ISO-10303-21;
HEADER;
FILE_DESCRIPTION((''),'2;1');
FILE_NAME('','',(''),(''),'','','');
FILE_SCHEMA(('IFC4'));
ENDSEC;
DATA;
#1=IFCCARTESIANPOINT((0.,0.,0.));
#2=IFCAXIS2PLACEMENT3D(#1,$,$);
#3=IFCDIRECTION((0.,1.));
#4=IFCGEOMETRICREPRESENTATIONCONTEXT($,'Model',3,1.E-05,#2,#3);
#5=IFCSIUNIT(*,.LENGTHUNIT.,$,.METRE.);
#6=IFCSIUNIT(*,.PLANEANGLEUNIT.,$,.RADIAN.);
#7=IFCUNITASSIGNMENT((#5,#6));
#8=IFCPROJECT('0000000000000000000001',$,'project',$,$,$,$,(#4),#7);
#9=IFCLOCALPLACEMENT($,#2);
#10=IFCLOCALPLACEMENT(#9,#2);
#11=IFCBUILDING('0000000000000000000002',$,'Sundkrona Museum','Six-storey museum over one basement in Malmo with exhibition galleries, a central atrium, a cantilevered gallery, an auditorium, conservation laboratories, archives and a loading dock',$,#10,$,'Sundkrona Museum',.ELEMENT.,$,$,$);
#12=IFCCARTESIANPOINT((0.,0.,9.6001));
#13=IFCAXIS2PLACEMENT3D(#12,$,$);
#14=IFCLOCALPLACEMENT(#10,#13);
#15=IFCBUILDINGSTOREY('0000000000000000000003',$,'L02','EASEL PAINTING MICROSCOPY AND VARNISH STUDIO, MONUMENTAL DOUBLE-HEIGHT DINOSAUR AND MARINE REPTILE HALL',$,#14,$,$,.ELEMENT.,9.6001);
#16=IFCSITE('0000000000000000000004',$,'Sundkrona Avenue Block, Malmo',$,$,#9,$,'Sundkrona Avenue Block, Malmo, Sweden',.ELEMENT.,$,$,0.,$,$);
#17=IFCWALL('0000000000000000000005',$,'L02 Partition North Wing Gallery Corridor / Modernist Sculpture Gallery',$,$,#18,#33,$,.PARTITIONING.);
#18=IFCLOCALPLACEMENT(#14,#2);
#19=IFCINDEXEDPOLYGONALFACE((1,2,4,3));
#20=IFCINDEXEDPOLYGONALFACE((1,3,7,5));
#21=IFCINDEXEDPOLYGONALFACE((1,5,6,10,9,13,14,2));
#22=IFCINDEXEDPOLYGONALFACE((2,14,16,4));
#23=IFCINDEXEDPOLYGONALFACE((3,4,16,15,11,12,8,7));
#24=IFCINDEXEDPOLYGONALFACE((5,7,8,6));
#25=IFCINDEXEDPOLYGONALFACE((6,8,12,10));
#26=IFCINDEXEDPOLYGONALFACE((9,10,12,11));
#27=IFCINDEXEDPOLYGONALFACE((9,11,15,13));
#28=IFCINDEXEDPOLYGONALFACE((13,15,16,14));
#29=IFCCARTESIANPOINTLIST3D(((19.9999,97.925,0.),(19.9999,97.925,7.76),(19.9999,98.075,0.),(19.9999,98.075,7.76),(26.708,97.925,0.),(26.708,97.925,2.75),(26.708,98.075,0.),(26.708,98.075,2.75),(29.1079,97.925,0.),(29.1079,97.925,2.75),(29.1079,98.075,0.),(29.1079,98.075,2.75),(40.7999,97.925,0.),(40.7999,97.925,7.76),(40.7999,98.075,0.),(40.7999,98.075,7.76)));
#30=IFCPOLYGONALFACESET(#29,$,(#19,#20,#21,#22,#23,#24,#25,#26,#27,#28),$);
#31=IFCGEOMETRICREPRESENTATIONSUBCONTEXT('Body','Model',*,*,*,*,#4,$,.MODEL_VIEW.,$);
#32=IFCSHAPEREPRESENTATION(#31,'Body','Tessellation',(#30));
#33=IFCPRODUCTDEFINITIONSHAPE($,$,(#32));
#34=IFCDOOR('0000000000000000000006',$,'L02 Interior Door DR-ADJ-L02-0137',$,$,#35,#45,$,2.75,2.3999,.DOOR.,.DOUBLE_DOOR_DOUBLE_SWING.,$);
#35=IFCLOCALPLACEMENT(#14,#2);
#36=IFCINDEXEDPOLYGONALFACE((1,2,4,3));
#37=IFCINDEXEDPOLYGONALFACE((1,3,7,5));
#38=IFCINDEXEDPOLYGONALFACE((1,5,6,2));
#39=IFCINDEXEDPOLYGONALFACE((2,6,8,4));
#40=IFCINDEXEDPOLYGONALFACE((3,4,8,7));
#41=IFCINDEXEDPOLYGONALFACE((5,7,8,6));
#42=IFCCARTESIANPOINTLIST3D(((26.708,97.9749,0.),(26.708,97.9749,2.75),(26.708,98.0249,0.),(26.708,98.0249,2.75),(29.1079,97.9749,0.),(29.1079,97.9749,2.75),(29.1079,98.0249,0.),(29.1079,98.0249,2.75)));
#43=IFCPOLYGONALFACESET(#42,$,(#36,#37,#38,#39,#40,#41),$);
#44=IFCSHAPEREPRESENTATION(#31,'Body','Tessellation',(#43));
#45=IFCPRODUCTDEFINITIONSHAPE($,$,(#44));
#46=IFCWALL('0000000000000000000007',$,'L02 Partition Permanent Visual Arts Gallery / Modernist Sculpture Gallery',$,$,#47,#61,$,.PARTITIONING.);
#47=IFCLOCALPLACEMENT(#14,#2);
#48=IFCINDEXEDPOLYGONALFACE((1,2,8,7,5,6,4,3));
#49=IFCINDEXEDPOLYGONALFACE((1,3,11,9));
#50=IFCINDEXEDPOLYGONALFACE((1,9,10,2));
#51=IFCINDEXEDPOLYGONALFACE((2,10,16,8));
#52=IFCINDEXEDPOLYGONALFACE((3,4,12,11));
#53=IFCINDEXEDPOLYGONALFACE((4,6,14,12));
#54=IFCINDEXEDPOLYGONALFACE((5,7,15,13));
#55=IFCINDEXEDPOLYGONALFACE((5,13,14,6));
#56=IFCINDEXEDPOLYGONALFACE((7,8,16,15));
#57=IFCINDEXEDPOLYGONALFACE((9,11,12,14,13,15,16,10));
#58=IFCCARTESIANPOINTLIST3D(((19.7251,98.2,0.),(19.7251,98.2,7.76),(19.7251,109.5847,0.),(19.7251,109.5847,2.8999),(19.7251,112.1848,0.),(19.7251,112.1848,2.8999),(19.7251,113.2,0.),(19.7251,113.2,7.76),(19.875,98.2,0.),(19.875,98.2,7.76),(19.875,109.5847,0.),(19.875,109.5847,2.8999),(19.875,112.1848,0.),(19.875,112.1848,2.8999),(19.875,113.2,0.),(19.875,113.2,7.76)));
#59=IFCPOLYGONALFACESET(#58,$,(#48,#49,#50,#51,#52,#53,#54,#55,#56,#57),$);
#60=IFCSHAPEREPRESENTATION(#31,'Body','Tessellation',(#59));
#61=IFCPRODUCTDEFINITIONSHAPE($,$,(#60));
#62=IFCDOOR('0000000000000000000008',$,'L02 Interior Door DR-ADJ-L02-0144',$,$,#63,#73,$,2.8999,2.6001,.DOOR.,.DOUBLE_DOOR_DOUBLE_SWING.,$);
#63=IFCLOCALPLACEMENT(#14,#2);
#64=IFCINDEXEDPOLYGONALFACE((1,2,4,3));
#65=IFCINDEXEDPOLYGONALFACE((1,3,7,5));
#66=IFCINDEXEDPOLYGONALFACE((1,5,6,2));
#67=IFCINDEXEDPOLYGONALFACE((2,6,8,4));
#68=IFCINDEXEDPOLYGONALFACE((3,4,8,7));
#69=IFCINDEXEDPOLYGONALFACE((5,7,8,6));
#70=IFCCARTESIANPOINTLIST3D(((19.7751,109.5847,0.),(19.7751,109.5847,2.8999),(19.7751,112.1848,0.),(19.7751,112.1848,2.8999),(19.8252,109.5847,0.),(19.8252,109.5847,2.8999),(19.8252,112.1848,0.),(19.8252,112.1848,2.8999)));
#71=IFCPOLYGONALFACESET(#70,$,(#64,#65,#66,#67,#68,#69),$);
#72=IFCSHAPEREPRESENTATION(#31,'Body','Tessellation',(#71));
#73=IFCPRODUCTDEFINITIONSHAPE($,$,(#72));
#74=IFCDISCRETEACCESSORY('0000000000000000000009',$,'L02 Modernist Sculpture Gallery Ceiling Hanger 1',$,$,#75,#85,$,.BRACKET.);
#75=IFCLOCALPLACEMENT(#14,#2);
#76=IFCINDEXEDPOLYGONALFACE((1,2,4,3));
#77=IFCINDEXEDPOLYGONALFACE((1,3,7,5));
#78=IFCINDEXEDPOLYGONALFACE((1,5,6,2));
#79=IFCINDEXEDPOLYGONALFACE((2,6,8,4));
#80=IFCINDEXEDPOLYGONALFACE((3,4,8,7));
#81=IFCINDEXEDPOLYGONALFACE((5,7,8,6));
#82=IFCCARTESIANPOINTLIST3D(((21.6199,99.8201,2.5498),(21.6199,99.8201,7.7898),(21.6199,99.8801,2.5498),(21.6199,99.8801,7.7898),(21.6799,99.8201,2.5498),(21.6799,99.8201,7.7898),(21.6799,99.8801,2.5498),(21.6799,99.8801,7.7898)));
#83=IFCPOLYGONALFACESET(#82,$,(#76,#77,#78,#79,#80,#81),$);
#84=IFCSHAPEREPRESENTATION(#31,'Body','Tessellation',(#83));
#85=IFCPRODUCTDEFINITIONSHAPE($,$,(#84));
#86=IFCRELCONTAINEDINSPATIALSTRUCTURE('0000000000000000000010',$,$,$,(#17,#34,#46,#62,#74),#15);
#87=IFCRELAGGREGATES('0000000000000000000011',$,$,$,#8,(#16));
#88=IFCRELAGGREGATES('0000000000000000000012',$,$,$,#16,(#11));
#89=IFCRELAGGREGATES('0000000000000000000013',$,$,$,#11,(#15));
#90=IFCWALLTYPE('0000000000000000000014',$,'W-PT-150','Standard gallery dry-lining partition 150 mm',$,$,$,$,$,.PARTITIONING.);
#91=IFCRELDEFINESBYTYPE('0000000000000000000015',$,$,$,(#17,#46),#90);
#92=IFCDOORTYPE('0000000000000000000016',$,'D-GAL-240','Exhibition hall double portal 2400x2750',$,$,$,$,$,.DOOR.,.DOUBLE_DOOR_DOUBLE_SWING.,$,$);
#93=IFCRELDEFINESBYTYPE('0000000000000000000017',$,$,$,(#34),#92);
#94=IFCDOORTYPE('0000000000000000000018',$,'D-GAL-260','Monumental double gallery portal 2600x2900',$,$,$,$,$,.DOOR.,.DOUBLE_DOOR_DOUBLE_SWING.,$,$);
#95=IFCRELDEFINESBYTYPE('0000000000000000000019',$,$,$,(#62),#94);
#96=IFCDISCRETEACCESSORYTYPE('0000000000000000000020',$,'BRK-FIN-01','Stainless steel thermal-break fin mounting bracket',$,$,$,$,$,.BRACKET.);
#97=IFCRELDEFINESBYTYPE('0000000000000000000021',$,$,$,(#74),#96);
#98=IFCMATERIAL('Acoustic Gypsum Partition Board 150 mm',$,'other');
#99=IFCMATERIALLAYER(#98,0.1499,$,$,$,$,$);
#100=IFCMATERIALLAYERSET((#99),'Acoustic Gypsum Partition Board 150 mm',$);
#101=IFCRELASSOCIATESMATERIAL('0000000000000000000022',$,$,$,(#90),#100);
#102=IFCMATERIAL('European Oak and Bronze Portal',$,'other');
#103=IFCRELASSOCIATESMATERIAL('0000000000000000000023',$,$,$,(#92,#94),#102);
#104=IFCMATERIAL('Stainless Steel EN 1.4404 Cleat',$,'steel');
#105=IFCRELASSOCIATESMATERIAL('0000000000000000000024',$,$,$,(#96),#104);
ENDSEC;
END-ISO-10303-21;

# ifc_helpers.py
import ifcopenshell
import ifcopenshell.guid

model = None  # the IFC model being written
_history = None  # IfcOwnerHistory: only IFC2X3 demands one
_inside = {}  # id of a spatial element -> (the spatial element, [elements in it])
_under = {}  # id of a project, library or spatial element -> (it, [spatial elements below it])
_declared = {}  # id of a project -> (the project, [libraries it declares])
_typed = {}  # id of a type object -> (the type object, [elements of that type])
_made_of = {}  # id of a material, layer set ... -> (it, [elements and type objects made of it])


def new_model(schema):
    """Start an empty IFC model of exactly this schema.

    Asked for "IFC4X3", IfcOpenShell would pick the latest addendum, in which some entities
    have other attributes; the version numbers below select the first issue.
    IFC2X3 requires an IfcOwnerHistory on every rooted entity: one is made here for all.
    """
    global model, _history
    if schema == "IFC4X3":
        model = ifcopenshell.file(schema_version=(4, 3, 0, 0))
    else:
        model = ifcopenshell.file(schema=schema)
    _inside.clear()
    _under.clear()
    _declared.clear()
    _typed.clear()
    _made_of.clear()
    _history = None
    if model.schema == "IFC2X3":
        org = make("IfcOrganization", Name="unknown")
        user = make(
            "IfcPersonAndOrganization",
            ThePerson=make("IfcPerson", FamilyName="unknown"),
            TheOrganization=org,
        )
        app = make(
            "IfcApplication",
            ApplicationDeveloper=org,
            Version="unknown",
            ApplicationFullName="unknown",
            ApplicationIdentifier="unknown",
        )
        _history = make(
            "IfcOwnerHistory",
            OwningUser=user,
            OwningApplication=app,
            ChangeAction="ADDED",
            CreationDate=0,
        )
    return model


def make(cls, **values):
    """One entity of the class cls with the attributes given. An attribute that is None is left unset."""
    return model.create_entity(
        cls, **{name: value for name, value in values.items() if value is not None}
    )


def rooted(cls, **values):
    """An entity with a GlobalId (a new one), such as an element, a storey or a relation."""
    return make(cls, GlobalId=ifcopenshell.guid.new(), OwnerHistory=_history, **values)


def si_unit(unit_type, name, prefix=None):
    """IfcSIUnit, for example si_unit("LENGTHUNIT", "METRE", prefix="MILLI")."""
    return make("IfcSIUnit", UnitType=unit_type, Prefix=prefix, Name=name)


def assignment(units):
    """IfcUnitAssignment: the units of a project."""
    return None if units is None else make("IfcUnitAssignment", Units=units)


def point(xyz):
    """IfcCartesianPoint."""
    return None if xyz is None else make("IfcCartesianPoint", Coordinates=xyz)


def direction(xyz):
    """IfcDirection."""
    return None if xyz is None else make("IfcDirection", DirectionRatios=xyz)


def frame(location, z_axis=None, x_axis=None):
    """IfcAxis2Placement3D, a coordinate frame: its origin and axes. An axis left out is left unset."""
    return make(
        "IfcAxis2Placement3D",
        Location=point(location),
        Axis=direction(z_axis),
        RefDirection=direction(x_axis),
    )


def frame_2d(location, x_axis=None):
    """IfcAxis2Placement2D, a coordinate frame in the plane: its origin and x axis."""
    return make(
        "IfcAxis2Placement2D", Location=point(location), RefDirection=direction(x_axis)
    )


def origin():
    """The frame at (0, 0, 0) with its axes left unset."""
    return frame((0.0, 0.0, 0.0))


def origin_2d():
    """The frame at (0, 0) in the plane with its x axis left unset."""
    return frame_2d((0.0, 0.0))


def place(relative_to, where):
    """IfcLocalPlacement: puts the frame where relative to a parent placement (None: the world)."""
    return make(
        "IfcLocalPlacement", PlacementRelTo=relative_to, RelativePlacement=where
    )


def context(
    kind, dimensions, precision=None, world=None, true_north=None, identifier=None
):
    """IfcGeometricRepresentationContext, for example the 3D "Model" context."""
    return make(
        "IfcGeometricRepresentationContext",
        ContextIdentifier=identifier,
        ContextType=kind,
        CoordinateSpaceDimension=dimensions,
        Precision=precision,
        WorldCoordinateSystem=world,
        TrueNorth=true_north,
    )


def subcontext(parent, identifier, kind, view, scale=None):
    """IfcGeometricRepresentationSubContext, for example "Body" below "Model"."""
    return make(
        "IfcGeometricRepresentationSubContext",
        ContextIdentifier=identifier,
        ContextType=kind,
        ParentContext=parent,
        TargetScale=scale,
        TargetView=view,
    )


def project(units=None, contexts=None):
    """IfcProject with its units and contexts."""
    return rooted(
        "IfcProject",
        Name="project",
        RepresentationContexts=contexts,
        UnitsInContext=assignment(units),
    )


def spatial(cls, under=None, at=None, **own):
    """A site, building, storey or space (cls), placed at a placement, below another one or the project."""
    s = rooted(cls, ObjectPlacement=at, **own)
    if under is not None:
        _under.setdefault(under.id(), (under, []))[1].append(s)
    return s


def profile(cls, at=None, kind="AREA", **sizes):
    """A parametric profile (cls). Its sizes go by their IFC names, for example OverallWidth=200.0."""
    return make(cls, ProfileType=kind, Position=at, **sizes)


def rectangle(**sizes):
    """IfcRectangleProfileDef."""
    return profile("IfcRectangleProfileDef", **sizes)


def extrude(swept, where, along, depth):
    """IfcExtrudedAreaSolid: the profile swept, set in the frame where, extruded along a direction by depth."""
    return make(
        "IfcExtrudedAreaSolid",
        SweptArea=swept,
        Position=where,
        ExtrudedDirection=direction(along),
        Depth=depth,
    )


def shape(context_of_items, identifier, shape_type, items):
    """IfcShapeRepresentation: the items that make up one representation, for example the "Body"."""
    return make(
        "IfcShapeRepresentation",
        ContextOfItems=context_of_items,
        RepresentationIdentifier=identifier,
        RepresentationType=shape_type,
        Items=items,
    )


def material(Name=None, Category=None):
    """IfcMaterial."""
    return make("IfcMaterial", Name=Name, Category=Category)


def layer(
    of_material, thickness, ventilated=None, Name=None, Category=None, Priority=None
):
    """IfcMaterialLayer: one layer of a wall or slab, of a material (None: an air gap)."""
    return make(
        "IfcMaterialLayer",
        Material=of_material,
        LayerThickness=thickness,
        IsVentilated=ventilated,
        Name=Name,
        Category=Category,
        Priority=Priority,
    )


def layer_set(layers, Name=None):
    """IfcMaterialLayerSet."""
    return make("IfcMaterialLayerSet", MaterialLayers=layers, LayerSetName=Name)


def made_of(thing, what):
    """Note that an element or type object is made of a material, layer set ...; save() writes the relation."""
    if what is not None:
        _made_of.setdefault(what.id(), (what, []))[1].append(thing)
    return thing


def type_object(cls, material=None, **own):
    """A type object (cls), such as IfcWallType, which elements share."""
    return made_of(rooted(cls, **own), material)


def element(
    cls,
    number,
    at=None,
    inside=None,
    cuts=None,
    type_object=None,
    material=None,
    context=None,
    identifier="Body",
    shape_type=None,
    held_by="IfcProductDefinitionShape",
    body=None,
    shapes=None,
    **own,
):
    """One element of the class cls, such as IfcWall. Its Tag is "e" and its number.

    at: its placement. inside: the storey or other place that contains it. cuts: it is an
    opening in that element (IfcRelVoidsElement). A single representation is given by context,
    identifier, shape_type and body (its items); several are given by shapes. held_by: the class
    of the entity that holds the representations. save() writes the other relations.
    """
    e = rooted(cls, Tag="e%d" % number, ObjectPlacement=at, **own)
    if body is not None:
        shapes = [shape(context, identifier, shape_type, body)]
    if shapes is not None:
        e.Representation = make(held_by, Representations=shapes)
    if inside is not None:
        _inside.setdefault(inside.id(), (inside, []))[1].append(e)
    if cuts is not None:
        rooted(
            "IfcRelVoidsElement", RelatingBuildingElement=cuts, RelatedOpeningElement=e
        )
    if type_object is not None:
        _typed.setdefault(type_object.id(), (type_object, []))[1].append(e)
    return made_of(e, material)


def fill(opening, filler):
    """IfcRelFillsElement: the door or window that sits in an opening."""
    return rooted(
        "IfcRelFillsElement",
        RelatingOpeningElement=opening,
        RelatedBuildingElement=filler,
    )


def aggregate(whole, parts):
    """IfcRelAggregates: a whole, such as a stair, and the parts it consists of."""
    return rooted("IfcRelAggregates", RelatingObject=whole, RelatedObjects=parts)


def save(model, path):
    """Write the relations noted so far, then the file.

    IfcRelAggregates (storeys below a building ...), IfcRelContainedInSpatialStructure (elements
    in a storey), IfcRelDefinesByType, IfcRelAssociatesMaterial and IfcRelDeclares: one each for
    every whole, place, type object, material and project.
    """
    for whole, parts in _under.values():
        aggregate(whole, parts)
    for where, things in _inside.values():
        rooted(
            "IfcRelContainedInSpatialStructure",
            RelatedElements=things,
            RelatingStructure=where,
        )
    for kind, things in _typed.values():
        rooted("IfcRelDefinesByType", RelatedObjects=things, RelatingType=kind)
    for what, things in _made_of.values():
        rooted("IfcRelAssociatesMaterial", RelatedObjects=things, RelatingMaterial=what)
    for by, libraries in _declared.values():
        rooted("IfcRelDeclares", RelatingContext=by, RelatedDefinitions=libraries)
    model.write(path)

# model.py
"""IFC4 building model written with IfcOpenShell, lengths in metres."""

from ifc_helpers import new_model, si_unit, direction, frame, frame_2d, origin, origin_2d, place, context, subcontext, project, spatial, rectangle, extrude, material, layer, layer_set, type_object, element, fill, save


model = new_model("IFC4")

# Units and contexts
model_context = context("Model", 3, precision=1e-05, world=origin(), true_north=direction((0.0, 1.0)))
body_context = subcontext(model_context, "Body", "Model", "MODEL_VIEW")
ifc_project = project(units=[si_unit("LENGTHUNIT", "METRE"), si_unit("PLANEANGLEUNIT", "RADIAN")], contexts=[model_context])

# Site, building, storey
site_placement = place(None, origin())
site = spatial("IfcSite", under=ifc_project, at=site_placement, Name="Sundkrona Avenue Block, Malmo", LongName="Sundkrona Avenue Block, Malmo, Sweden", CompositionType="ELEMENT", RefElevation=0.0)
building_placement = place(site_placement, origin())
building = spatial("IfcBuilding", under=site, at=building_placement, Name="Sundkrona Museum", Description="Six-storey museum over one basement in Malmo with exhibition galleries, a central atrium, a cantilevered gallery, an auditorium, conservation laboratories, archives and a loading dock", LongName="Sundkrona Museum", CompositionType="ELEMENT")
storey_placement = place(building_placement, frame((0.0, 0.0, 9.6001)))
storey = spatial("IfcBuildingStorey", under=building, at=storey_placement, Name="L02", Description="EASEL PAINTING MICROSCOPY AND VARNISH STUDIO, MONUMENTAL DOUBLE-HEIGHT DINOSAUR AND MARINE REPTILE HALL", CompositionType="ELEMENT", Elevation=9.6001)

# Walls, openings, doors
ifc_material_1 = material(Name="Acoustic Gypsum Partition Board 150 mm", Category="other")
ifc_layer = layer(ifc_material_1, 0.1499)
ifc_layer_set = layer_set([ifc_layer], Name="Acoustic Gypsum Partition Board 150 mm")
wall_type = type_object("IfcWallType", Name="W-PT-150", Description="Standard gallery dry-lining partition 150 mm", PredefinedType="PARTITIONING", material=ifc_layer_set)
wall_1_placement = place(storey_placement, frame((20.0, 98.0, 0.0), z_axis=(0.0, 0.0, 1.0), x_axis=(1.0, 0.0, 0.0)))
wall_1 = element("IfcWall", 1, at=wall_1_placement, inside=storey, type_object=wall_type, Name="L02 Partition North Wing Gallery Corridor / Modernist Sculpture Gallery", PredefinedType="PARTITIONING", context=body_context, shape_type="SweptSolid", body=[
    extrude(rectangle(XDim=20.8, YDim=0.1499, at=frame_2d((10.3999, 0.0))), origin(), (0.0, 0.0, 1.0), 7.76),
])
opening_1_placement = place(wall_1_placement, frame((6.708, 0.0, 0.0)))
opening_1 = element("IfcOpeningElement", 2, at=opening_1_placement, cuts=wall_1, PredefinedType="OPENING", context=body_context, shape_type="SweptSolid", body=[
    extrude(rectangle(XDim=2.3999, YDim=2.75, at=frame_2d((1.2, 1.375))), frame((0.0, 0.085, 0.0), z_axis=(0.0, -1.0, 0.0), x_axis=(1.0, 0.0, 0.0)), (0.0, 0.0, 1.0), 0.1699),
])
ifc_material_2 = material(Name="European Oak and Bronze Portal", Category="other")
door_type_1 = type_object("IfcDoorType", Name="D-GAL-240", Description="Exhibition hall double portal 2400x2750", OperationType="DOUBLE_DOOR_DOUBLE_SWING", PredefinedType="DOOR", material=ifc_material_2)
door_1_placement = place(opening_1_placement, origin())
door_1 = element("IfcDoor", 3, at=door_1_placement, inside=storey, type_object=door_type_1, Name="L02 Interior Door DR-ADJ-L02-0137", OperationType="DOUBLE_DOOR_DOUBLE_SWING", OverallHeight=2.75, OverallWidth=2.3999, PredefinedType="DOOR", context=body_context, shape_type="SweptSolid", body=[
    extrude(rectangle(XDim=2.3999, YDim=2.75, at=frame_2d((1.2, 1.375))), frame((0.0, 0.0249, 0.0), z_axis=(0.0, -1.0, 0.0), x_axis=(1.0, 0.0, 0.0)), (0.0, 0.0, 1.0), 0.05),
])
fill(opening_1, door_1)
wall_2_placement = place(storey_placement, frame((19.8, 98.2, 0.0), z_axis=(0.0, 0.0, 1.0), x_axis=(0.0, 1.0, 0.0)))
wall_2 = element("IfcWall", 4, at=wall_2_placement, inside=storey, type_object=wall_type, Name="L02 Partition Permanent Visual Arts Gallery / Modernist Sculpture Gallery", PredefinedType="PARTITIONING", context=body_context, shape_type="SweptSolid", body=[
    extrude(rectangle(XDim=15.0, YDim=0.1499, at=frame_2d((7.5, 0.0))), origin(), (0.0, 0.0, 1.0), 7.76),
])
opening_2_placement = place(wall_2_placement, frame((11.3848, 0.0, 0.0)))
opening_2 = element("IfcOpeningElement", 5, at=opening_2_placement, cuts=wall_2, PredefinedType="OPENING", context=body_context, shape_type="SweptSolid", body=[
    extrude(rectangle(XDim=2.6001, YDim=2.8999, at=frame_2d((1.3, 1.45))), frame((0.0, 0.085, 0.0), z_axis=(0.0, -1.0, 0.0), x_axis=(1.0, 0.0, 0.0)), (0.0, 0.0, 1.0), 0.1699),
])
door_type_2 = type_object("IfcDoorType", Name="D-GAL-260", Description="Monumental double gallery portal 2600x2900", OperationType="DOUBLE_DOOR_DOUBLE_SWING", PredefinedType="DOOR", material=ifc_material_2)
door_2_placement = place(opening_2_placement, origin())
door_2 = element("IfcDoor", 6, at=door_2_placement, inside=storey, type_object=door_type_2, Name="L02 Interior Door DR-ADJ-L02-0144", OperationType="DOUBLE_DOOR_DOUBLE_SWING", OverallHeight=2.8999, OverallWidth=2.6001, PredefinedType="DOOR", context=body_context, shape_type="SweptSolid", body=[
    extrude(rectangle(XDim=2.6001, YDim=2.8999, at=frame_2d((1.3, 1.45))), frame((0.0, 0.0249, 0.0), z_axis=(0.0, -1.0, 0.0), x_axis=(1.0, 0.0, 0.0)), (0.0, 0.0, 1.0), 0.05),
])
fill(opening_2, door_2)

# Discrete accessory
ifc_material_3 = material(Name="Stainless Steel EN 1.4404 Cleat", Category="steel")
discrete_accessory_type = type_object("IfcDiscreteAccessoryType", Name="BRK-FIN-01", Description="Stainless steel thermal-break fin mounting bracket", PredefinedType="BRACKET", material=ifc_material_3)
discrete_accessory_placement = place(storey_placement, frame((21.6499, 99.8501, 2.5498), z_axis=(0.0, 0.0, 1.0), x_axis=(1.0, 0.0, 0.0)))
element("IfcDiscreteAccessory", 7, at=discrete_accessory_placement, inside=storey, type_object=discrete_accessory_type, Name="L02 Modernist Sculpture Gallery Ceiling Hanger 1", PredefinedType="BRACKET", context=body_context, shape_type="SweptSolid", body=[
    extrude(rectangle(XDim=0.0601, YDim=0.0601, at=origin_2d()), origin(), (0.0, 0.0, 1.0), 5.24),
])

save(model, "model.ifc")
